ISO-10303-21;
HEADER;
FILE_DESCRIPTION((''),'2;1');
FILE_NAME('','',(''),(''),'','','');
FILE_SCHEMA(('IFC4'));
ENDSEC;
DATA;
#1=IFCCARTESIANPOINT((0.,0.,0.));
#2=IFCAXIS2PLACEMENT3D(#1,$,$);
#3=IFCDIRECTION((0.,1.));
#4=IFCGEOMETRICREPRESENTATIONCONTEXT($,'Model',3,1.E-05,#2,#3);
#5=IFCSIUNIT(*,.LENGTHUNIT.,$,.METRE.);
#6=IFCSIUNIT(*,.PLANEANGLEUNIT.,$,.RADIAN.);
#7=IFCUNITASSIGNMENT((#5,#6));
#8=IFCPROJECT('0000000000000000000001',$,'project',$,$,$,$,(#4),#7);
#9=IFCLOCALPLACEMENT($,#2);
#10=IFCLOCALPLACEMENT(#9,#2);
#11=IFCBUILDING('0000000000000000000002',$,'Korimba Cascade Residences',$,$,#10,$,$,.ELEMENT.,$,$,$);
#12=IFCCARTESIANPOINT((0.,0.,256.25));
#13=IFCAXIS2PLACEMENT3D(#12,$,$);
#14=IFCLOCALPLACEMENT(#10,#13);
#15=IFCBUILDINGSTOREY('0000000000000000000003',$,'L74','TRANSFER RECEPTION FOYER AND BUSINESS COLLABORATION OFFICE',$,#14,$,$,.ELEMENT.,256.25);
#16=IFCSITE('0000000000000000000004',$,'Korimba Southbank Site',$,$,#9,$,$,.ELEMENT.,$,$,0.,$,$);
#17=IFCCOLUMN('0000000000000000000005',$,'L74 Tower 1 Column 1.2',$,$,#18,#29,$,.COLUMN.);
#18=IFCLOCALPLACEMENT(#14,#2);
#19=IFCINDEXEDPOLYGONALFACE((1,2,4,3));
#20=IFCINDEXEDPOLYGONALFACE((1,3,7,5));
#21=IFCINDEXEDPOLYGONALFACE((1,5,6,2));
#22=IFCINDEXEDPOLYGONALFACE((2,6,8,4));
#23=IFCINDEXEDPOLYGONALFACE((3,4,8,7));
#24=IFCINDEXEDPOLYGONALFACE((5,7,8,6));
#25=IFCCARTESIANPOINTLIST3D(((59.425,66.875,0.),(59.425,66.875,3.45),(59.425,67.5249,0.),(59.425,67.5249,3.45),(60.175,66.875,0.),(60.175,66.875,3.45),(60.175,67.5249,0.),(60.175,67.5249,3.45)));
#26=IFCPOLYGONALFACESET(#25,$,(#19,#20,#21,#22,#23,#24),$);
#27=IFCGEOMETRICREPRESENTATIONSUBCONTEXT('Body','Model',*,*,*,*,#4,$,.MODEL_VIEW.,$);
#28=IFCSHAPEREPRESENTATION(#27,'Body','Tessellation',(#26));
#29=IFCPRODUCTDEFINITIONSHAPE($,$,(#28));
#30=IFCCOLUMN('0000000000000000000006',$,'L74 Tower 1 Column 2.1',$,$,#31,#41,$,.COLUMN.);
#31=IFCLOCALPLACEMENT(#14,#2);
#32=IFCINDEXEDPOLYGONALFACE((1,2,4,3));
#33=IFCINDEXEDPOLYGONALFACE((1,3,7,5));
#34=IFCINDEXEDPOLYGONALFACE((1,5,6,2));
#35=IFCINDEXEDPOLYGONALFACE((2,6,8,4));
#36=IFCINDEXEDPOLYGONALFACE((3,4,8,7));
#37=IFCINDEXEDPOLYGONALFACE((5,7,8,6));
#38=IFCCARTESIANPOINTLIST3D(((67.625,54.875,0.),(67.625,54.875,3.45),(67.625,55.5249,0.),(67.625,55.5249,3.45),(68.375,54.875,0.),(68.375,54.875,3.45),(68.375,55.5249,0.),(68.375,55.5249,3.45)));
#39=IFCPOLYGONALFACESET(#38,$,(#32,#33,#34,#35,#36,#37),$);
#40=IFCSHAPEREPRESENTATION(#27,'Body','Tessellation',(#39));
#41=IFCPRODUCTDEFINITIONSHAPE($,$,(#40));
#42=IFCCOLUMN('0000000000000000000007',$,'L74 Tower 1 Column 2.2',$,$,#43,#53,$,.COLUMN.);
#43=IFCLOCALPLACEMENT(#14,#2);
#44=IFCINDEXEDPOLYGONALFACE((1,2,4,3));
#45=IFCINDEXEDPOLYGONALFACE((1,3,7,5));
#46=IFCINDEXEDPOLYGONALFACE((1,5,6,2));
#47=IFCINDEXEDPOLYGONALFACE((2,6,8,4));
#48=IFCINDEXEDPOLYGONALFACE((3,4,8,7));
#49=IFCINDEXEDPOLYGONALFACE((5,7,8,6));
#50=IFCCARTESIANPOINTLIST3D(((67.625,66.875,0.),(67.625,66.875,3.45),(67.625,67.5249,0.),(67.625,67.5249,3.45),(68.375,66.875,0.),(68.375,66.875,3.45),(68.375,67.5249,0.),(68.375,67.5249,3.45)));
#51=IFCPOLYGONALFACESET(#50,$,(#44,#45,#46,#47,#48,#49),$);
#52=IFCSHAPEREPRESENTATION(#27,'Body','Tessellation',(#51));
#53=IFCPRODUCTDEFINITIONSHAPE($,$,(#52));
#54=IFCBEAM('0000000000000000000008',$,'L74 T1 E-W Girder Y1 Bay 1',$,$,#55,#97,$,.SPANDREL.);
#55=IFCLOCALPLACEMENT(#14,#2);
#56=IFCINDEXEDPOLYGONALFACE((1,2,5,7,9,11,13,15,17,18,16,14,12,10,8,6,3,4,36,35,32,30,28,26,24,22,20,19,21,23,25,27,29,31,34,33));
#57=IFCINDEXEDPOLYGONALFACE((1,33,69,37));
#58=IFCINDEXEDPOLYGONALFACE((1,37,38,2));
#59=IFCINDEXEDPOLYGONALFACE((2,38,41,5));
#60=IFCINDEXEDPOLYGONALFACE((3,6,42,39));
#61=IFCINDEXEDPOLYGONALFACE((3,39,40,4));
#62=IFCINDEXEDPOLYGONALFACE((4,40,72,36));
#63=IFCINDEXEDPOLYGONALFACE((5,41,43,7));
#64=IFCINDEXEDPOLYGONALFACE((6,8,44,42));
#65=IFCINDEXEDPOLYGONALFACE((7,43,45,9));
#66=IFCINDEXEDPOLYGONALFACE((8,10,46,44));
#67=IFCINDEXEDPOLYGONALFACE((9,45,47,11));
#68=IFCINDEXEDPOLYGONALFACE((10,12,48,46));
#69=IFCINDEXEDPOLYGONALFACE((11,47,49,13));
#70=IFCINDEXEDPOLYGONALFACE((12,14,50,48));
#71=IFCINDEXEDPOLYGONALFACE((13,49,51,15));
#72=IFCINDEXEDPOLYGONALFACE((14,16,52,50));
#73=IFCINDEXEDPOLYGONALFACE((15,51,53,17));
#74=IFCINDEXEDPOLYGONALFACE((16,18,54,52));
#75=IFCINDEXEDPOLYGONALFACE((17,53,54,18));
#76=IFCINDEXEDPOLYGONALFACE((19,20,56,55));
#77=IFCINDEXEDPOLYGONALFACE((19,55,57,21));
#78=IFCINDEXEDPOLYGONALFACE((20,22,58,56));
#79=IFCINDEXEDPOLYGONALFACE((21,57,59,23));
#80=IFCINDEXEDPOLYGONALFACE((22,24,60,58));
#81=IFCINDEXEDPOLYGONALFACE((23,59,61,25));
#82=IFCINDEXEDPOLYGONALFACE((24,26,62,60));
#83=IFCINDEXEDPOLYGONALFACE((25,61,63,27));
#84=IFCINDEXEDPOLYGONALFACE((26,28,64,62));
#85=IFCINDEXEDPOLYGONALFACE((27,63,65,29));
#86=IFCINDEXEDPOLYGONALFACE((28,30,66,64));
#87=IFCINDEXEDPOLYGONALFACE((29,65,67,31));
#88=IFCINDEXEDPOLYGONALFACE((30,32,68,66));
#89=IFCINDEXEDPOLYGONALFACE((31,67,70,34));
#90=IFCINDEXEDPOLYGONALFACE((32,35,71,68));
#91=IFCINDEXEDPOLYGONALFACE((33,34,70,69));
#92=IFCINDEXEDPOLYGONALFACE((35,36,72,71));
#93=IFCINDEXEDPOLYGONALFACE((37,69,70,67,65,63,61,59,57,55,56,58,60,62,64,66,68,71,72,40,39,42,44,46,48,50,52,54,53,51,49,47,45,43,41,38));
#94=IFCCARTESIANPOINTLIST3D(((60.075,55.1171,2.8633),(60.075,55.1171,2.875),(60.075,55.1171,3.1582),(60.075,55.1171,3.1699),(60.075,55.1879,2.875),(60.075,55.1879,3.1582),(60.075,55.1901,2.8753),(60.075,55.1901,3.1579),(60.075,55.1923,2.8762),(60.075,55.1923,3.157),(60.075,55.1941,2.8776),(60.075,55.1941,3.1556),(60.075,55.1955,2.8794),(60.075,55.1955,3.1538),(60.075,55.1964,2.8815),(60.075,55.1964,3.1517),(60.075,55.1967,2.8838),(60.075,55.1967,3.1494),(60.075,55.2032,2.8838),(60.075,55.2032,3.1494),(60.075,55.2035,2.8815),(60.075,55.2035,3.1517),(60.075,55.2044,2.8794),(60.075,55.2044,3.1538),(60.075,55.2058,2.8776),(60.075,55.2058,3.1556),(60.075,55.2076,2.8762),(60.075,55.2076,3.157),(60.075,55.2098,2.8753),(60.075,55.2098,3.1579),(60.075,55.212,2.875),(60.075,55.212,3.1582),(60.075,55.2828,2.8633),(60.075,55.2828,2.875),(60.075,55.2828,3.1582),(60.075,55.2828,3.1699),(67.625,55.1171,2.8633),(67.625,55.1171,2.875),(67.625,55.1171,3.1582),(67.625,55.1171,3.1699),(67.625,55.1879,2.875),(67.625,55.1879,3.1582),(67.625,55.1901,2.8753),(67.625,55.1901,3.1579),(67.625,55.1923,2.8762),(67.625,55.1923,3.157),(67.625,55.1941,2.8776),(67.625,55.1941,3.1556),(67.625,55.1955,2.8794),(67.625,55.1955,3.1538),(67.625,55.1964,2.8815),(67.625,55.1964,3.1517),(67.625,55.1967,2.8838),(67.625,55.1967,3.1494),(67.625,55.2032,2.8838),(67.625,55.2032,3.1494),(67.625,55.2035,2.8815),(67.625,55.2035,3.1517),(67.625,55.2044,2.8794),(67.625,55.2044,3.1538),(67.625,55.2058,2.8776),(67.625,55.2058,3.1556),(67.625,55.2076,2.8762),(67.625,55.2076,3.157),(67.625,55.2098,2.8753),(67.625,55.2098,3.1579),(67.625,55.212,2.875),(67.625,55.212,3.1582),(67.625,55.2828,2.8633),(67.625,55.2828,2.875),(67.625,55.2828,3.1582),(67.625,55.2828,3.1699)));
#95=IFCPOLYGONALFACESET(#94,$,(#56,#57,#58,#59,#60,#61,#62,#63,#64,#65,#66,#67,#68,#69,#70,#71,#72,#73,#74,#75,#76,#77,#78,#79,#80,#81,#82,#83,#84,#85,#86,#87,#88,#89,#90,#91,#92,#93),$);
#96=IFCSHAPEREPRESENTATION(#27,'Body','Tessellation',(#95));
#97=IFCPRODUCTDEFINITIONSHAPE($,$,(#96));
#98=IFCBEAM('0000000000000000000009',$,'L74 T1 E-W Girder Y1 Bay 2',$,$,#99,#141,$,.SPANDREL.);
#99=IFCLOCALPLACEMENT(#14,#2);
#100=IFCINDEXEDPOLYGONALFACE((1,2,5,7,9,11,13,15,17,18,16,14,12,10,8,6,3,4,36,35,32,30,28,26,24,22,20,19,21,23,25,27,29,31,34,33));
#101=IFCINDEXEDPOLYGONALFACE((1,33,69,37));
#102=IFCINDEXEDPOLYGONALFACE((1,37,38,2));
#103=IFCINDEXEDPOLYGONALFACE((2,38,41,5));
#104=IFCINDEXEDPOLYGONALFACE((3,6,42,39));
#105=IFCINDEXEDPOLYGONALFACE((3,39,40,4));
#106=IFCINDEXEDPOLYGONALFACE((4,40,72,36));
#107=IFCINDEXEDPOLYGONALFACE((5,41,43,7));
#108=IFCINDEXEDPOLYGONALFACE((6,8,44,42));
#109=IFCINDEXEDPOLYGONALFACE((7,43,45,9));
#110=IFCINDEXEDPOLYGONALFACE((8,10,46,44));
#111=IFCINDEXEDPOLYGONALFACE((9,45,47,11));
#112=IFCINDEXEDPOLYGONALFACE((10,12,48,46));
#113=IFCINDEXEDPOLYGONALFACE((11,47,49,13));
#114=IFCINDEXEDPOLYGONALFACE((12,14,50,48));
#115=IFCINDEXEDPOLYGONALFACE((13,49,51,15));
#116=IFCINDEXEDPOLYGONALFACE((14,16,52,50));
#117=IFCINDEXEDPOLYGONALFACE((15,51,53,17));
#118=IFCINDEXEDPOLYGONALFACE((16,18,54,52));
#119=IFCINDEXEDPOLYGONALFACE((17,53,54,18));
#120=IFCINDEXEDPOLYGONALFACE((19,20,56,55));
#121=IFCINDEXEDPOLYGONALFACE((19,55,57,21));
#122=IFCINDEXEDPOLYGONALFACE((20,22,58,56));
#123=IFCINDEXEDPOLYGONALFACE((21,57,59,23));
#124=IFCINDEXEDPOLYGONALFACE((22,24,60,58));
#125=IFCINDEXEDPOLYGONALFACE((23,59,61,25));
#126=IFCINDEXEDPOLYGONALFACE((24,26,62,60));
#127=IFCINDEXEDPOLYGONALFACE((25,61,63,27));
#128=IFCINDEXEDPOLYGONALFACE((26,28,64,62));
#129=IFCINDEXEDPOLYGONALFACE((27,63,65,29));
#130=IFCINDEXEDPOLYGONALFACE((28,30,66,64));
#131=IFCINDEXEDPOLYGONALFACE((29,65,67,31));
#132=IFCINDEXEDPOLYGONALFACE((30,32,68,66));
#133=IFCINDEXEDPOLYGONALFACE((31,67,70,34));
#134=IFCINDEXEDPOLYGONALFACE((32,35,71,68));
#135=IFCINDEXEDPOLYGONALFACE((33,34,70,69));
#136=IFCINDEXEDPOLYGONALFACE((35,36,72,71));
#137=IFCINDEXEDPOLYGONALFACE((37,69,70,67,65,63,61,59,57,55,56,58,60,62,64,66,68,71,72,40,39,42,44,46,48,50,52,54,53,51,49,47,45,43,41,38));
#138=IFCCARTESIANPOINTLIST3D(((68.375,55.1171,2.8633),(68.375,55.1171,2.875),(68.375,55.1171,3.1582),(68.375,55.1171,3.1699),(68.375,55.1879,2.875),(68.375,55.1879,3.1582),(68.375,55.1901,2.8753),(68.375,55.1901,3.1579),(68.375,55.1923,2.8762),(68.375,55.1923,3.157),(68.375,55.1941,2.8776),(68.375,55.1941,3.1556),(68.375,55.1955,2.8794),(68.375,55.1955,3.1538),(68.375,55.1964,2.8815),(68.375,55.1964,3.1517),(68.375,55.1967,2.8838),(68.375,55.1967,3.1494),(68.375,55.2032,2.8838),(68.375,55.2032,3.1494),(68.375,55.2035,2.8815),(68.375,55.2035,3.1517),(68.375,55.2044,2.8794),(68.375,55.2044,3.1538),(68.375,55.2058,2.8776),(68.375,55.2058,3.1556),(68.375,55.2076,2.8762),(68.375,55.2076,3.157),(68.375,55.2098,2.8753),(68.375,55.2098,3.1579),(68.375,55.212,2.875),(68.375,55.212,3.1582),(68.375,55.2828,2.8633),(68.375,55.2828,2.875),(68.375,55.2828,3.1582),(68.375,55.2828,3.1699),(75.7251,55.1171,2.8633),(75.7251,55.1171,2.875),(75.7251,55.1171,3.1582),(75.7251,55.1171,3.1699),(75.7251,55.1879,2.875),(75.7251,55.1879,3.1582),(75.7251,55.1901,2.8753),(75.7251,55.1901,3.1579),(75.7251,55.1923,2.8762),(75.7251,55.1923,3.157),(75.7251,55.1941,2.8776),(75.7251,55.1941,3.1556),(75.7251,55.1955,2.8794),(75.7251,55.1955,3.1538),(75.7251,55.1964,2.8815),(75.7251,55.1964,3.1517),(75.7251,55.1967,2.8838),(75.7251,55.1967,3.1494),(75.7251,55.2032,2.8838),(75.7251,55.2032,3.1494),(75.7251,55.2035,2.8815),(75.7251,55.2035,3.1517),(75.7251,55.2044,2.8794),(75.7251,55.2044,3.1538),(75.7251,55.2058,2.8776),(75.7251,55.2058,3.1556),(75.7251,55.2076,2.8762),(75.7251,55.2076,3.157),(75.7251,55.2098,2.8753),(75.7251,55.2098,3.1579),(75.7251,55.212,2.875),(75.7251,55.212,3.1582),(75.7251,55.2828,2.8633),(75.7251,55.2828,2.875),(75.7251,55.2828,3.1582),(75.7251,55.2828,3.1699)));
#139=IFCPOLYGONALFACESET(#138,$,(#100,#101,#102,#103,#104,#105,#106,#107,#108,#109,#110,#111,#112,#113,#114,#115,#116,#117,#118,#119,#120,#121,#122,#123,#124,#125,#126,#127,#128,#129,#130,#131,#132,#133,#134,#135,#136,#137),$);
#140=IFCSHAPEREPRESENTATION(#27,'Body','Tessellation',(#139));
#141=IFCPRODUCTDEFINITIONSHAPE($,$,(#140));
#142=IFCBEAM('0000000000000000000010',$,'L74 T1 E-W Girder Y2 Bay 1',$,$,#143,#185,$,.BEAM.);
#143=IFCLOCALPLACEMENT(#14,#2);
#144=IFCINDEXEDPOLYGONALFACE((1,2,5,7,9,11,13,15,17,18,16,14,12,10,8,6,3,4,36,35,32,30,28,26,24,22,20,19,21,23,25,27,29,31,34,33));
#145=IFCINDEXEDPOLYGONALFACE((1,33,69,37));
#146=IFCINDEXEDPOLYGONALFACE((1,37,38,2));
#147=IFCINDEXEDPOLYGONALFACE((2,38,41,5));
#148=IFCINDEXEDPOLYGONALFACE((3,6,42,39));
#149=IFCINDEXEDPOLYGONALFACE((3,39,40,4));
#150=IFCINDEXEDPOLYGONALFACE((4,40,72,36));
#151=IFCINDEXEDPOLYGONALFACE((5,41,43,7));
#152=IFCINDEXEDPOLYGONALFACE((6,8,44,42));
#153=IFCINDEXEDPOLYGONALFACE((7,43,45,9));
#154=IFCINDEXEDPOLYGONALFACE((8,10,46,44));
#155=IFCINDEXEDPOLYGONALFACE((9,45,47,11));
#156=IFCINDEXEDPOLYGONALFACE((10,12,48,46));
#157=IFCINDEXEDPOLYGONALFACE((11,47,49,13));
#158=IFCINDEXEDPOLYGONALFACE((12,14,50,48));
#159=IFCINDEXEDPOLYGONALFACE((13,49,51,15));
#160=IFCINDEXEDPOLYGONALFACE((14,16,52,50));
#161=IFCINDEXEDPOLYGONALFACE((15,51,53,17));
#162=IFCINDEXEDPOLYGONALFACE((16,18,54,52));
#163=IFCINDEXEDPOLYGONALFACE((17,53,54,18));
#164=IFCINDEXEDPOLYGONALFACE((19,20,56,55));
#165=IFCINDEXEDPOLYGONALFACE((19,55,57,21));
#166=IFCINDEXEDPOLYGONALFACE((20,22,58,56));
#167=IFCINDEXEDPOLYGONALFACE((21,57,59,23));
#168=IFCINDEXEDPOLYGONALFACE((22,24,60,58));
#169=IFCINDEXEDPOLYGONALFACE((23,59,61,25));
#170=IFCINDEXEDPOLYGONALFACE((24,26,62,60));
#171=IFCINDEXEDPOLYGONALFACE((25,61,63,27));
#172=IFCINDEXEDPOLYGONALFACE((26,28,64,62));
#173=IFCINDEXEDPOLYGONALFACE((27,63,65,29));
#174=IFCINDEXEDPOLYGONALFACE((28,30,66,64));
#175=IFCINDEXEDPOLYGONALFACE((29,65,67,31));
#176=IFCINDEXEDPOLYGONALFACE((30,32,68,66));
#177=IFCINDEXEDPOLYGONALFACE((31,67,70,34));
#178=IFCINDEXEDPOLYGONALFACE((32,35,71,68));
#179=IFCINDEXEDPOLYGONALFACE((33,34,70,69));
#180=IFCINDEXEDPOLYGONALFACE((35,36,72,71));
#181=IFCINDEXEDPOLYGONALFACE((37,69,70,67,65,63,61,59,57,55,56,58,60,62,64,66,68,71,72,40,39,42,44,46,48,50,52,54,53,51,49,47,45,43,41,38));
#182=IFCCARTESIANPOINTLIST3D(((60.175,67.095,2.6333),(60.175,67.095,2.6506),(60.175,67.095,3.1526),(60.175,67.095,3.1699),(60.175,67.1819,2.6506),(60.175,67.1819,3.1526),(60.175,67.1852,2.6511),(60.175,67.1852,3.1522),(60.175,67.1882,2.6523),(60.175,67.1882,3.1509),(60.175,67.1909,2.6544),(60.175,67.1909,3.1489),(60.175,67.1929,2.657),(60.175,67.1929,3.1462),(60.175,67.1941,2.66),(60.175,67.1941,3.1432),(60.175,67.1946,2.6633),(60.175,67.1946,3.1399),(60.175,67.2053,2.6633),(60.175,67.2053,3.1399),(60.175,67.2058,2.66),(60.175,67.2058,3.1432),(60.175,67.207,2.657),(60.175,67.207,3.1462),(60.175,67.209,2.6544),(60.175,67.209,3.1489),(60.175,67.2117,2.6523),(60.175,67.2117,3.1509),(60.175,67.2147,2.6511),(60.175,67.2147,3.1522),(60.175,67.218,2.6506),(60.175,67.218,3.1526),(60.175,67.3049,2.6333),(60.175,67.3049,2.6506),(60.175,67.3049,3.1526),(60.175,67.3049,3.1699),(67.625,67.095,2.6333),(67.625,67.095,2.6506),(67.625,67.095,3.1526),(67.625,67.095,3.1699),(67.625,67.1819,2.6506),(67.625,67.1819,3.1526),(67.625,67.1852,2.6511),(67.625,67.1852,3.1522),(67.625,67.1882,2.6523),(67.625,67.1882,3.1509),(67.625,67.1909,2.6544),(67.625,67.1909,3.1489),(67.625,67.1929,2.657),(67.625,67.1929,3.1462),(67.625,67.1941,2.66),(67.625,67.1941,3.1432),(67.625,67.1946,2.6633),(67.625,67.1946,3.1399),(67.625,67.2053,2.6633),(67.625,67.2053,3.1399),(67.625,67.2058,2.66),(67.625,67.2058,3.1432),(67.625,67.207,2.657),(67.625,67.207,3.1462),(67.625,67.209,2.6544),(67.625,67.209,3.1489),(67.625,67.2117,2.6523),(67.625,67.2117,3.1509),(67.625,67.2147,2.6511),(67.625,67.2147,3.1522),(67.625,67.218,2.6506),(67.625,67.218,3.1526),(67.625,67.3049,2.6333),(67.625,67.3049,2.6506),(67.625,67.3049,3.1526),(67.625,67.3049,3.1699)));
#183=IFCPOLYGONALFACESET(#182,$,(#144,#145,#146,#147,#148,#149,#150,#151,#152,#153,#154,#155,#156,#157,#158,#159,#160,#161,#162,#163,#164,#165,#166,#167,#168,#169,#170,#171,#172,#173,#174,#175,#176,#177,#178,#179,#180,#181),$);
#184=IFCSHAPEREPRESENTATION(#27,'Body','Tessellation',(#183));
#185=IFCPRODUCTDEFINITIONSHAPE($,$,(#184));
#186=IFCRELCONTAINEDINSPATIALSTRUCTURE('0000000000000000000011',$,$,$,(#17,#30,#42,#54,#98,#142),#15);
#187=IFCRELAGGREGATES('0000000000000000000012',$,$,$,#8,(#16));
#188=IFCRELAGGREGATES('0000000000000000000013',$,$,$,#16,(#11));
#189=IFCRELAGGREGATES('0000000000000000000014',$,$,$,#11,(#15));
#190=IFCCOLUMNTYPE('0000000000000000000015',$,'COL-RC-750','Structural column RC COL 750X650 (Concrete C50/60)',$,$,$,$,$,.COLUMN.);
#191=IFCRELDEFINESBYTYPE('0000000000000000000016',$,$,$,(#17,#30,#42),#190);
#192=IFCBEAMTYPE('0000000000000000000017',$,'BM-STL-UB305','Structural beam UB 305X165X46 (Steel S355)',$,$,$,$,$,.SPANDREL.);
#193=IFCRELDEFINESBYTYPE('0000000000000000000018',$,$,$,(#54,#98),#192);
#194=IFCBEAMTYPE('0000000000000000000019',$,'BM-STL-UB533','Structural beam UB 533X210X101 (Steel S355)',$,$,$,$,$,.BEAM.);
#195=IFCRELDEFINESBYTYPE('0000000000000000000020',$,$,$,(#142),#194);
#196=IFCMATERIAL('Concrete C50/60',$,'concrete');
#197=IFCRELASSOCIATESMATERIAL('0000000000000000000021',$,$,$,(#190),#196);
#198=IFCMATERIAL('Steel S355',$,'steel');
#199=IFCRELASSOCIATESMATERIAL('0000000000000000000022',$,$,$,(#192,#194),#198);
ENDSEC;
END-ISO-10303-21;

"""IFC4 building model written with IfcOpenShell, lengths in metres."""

from ifc_helpers import new_model, si_unit, direction, frame, origin, origin_2d, place, context, subcontext, project, spatial, rectangle, i_section, extrude, material, material_profile, profile_set, type_object, element, save


model = new_model("IFC4")

# Units and contexts
model_context = context("Model", 3, precision=1e-05, world=origin(), true_north=direction((0.0, 1.0)))
body_context = subcontext(model_context, "Body", "Model", "MODEL_VIEW")
ifc_project = project(units=[si_unit("LENGTHUNIT", "METRE"), si_unit("PLANEANGLEUNIT", "RADIAN")], contexts=[model_context])

# Site, building, storey
site_placement = place(None, origin())
site = spatial("IfcSite", under=ifc_project, at=site_placement, Name="Korimba Southbank Site", CompositionType="ELEMENT", RefElevation=0.0)
building_placement = place(site_placement, origin())
building = spatial("IfcBuilding", under=site, at=building_placement, Name="Korimba Cascade Residences", CompositionType="ELEMENT")
storey_placement = place(building_placement, frame((0.0, 0.0, 256.25)))
storey = spatial("IfcBuildingStorey", under=building, at=storey_placement, Name="L74", Description="TRANSFER RECEPTION FOYER AND BUSINESS COLLABORATION OFFICE", CompositionType="ELEMENT", Elevation=256.25)

# Columns
ifc_material_1 = material(Name="Concrete C50/60", Category="concrete")
ifc_material_profile_1 = material_profile(ifc_material_1, rectangle(XDim=0.75, YDim=0.6499, at=origin_2d()), Name="Concrete C50/60")
ifc_profile_set_1 = profile_set([ifc_material_profile_1], Name="Concrete C50/60")
column_type = type_object("IfcColumnType", Name="COL-RC-750", Description="Structural column RC COL 750X650 (Concrete C50/60)", PredefinedType="COLUMN", material=ifc_profile_set_1)
for number, where, z_axis, x_axis, name in (
    (1, (59.8, 67.2, 0.0), (0.0, 0.0, 1.0), (1.0, 0.0, 0.0), "L74 Tower 1 Column 1.2"),
    (2, (68.0, 55.2, 0.0), (0.0, 0.0, 1.0), (1.0, 0.0, 0.0), "L74 Tower 1 Column 2.1"),
    (3, (68.0, 67.2, 0.0), (0.0, 0.0, 1.0), (1.0, 0.0, 0.0), "L74 Tower 1 Column 2.2"),
):
    element("IfcColumn", number, at=place(storey_placement, frame(where, z_axis=z_axis, x_axis=x_axis)), inside=storey, type_object=column_type, Name=name, PredefinedType="COLUMN", context=body_context, shape_type="SweptSolid", body=[
        extrude(rectangle(XDim=0.75, YDim=0.6499, at=origin_2d()), origin(), (0.0, 0.0, 1.0), 3.45),
    ])

# Beams
ifc_material_2 = material(Name="Steel S355", Category="steel")
ifc_material_profile_2 = material_profile(ifc_material_2, i_section(OverallWidth=0.1658, OverallDepth=0.3066, WebThickness=0.0066, FlangeThickness=0.0117, FilletRadius=0.0088, at=origin_2d()), Name="Steel S355")
ifc_profile_set_2 = profile_set([ifc_material_profile_2], Name="Steel S355")
beam_type_1 = type_object("IfcBeamType", Name="BM-STL-UB305", Description="Structural beam UB 305X165X46 (Steel S355)", PredefinedType="SPANDREL", material=ifc_profile_set_2)
beam_1_placement = place(storey_placement, frame((60.075, 55.2, 3.0166), z_axis=(1.0, 0.0, 0.0), x_axis=(0.0, 1.0, 0.0)))
element("IfcBeam", 4, at=beam_1_placement, inside=storey, type_object=beam_type_1, Name="L74 T1 E-W Girder Y1 Bay 1", PredefinedType="SPANDREL", context=body_context, shape_type="SweptSolid", body=[
    extrude(i_section(OverallWidth=0.1658, OverallDepth=0.3066, WebThickness=0.0066, FlangeThickness=0.0117, FilletRadius=0.0088, at=origin_2d()), origin(), (0.0, 0.0, 1.0), 7.55),
])
beam_2_placement = place(storey_placement, frame((68.375, 55.2, 3.0166), z_axis=(1.0, 0.0, 0.0), x_axis=(0.0, 1.0, 0.0)))
element("IfcBeam", 5, at=beam_2_placement, inside=storey, type_object=beam_type_1, Name="L74 T1 E-W Girder Y1 Bay 2", PredefinedType="SPANDREL", context=body_context, shape_type="SweptSolid", body=[
    extrude(i_section(OverallWidth=0.1658, OverallDepth=0.3066, WebThickness=0.0066, FlangeThickness=0.0117, FilletRadius=0.0088, at=origin_2d()), origin(), (0.0, 0.0, 1.0), 7.3501),
])
ifc_material_profile_3 = material_profile(ifc_material_2, i_section(OverallWidth=0.21, OverallDepth=0.5366, WebThickness=0.0107, FlangeThickness=0.0173, FilletRadius=0.0127, at=origin_2d()), Name="Steel S355")
ifc_profile_set_3 = profile_set([ifc_material_profile_3], Name="Steel S355")
beam_type_2 = type_object("IfcBeamType", Name="BM-STL-UB533", Description="Structural beam UB 533X210X101 (Steel S355)", PredefinedType="BEAM", material=ifc_profile_set_3)
beam_3_placement = place(storey_placement, frame((60.175, 67.2, 2.9016), z_axis=(1.0, 0.0, 0.0), x_axis=(0.0, 1.0, 0.0)))
element("IfcBeam", 6, at=beam_3_placement, inside=storey, type_object=beam_type_2, Name="L74 T1 E-W Girder Y2 Bay 1", PredefinedType="BEAM", context=body_context, shape_type="SweptSolid", body=[
    extrude(i_section(OverallWidth=0.21, OverallDepth=0.5366, WebThickness=0.0107, FlangeThickness=0.0173, FilletRadius=0.0127, at=origin_2d()), origin(), (0.0, 0.0, 1.0), 7.45),
])

save(model, "model.ifc")
